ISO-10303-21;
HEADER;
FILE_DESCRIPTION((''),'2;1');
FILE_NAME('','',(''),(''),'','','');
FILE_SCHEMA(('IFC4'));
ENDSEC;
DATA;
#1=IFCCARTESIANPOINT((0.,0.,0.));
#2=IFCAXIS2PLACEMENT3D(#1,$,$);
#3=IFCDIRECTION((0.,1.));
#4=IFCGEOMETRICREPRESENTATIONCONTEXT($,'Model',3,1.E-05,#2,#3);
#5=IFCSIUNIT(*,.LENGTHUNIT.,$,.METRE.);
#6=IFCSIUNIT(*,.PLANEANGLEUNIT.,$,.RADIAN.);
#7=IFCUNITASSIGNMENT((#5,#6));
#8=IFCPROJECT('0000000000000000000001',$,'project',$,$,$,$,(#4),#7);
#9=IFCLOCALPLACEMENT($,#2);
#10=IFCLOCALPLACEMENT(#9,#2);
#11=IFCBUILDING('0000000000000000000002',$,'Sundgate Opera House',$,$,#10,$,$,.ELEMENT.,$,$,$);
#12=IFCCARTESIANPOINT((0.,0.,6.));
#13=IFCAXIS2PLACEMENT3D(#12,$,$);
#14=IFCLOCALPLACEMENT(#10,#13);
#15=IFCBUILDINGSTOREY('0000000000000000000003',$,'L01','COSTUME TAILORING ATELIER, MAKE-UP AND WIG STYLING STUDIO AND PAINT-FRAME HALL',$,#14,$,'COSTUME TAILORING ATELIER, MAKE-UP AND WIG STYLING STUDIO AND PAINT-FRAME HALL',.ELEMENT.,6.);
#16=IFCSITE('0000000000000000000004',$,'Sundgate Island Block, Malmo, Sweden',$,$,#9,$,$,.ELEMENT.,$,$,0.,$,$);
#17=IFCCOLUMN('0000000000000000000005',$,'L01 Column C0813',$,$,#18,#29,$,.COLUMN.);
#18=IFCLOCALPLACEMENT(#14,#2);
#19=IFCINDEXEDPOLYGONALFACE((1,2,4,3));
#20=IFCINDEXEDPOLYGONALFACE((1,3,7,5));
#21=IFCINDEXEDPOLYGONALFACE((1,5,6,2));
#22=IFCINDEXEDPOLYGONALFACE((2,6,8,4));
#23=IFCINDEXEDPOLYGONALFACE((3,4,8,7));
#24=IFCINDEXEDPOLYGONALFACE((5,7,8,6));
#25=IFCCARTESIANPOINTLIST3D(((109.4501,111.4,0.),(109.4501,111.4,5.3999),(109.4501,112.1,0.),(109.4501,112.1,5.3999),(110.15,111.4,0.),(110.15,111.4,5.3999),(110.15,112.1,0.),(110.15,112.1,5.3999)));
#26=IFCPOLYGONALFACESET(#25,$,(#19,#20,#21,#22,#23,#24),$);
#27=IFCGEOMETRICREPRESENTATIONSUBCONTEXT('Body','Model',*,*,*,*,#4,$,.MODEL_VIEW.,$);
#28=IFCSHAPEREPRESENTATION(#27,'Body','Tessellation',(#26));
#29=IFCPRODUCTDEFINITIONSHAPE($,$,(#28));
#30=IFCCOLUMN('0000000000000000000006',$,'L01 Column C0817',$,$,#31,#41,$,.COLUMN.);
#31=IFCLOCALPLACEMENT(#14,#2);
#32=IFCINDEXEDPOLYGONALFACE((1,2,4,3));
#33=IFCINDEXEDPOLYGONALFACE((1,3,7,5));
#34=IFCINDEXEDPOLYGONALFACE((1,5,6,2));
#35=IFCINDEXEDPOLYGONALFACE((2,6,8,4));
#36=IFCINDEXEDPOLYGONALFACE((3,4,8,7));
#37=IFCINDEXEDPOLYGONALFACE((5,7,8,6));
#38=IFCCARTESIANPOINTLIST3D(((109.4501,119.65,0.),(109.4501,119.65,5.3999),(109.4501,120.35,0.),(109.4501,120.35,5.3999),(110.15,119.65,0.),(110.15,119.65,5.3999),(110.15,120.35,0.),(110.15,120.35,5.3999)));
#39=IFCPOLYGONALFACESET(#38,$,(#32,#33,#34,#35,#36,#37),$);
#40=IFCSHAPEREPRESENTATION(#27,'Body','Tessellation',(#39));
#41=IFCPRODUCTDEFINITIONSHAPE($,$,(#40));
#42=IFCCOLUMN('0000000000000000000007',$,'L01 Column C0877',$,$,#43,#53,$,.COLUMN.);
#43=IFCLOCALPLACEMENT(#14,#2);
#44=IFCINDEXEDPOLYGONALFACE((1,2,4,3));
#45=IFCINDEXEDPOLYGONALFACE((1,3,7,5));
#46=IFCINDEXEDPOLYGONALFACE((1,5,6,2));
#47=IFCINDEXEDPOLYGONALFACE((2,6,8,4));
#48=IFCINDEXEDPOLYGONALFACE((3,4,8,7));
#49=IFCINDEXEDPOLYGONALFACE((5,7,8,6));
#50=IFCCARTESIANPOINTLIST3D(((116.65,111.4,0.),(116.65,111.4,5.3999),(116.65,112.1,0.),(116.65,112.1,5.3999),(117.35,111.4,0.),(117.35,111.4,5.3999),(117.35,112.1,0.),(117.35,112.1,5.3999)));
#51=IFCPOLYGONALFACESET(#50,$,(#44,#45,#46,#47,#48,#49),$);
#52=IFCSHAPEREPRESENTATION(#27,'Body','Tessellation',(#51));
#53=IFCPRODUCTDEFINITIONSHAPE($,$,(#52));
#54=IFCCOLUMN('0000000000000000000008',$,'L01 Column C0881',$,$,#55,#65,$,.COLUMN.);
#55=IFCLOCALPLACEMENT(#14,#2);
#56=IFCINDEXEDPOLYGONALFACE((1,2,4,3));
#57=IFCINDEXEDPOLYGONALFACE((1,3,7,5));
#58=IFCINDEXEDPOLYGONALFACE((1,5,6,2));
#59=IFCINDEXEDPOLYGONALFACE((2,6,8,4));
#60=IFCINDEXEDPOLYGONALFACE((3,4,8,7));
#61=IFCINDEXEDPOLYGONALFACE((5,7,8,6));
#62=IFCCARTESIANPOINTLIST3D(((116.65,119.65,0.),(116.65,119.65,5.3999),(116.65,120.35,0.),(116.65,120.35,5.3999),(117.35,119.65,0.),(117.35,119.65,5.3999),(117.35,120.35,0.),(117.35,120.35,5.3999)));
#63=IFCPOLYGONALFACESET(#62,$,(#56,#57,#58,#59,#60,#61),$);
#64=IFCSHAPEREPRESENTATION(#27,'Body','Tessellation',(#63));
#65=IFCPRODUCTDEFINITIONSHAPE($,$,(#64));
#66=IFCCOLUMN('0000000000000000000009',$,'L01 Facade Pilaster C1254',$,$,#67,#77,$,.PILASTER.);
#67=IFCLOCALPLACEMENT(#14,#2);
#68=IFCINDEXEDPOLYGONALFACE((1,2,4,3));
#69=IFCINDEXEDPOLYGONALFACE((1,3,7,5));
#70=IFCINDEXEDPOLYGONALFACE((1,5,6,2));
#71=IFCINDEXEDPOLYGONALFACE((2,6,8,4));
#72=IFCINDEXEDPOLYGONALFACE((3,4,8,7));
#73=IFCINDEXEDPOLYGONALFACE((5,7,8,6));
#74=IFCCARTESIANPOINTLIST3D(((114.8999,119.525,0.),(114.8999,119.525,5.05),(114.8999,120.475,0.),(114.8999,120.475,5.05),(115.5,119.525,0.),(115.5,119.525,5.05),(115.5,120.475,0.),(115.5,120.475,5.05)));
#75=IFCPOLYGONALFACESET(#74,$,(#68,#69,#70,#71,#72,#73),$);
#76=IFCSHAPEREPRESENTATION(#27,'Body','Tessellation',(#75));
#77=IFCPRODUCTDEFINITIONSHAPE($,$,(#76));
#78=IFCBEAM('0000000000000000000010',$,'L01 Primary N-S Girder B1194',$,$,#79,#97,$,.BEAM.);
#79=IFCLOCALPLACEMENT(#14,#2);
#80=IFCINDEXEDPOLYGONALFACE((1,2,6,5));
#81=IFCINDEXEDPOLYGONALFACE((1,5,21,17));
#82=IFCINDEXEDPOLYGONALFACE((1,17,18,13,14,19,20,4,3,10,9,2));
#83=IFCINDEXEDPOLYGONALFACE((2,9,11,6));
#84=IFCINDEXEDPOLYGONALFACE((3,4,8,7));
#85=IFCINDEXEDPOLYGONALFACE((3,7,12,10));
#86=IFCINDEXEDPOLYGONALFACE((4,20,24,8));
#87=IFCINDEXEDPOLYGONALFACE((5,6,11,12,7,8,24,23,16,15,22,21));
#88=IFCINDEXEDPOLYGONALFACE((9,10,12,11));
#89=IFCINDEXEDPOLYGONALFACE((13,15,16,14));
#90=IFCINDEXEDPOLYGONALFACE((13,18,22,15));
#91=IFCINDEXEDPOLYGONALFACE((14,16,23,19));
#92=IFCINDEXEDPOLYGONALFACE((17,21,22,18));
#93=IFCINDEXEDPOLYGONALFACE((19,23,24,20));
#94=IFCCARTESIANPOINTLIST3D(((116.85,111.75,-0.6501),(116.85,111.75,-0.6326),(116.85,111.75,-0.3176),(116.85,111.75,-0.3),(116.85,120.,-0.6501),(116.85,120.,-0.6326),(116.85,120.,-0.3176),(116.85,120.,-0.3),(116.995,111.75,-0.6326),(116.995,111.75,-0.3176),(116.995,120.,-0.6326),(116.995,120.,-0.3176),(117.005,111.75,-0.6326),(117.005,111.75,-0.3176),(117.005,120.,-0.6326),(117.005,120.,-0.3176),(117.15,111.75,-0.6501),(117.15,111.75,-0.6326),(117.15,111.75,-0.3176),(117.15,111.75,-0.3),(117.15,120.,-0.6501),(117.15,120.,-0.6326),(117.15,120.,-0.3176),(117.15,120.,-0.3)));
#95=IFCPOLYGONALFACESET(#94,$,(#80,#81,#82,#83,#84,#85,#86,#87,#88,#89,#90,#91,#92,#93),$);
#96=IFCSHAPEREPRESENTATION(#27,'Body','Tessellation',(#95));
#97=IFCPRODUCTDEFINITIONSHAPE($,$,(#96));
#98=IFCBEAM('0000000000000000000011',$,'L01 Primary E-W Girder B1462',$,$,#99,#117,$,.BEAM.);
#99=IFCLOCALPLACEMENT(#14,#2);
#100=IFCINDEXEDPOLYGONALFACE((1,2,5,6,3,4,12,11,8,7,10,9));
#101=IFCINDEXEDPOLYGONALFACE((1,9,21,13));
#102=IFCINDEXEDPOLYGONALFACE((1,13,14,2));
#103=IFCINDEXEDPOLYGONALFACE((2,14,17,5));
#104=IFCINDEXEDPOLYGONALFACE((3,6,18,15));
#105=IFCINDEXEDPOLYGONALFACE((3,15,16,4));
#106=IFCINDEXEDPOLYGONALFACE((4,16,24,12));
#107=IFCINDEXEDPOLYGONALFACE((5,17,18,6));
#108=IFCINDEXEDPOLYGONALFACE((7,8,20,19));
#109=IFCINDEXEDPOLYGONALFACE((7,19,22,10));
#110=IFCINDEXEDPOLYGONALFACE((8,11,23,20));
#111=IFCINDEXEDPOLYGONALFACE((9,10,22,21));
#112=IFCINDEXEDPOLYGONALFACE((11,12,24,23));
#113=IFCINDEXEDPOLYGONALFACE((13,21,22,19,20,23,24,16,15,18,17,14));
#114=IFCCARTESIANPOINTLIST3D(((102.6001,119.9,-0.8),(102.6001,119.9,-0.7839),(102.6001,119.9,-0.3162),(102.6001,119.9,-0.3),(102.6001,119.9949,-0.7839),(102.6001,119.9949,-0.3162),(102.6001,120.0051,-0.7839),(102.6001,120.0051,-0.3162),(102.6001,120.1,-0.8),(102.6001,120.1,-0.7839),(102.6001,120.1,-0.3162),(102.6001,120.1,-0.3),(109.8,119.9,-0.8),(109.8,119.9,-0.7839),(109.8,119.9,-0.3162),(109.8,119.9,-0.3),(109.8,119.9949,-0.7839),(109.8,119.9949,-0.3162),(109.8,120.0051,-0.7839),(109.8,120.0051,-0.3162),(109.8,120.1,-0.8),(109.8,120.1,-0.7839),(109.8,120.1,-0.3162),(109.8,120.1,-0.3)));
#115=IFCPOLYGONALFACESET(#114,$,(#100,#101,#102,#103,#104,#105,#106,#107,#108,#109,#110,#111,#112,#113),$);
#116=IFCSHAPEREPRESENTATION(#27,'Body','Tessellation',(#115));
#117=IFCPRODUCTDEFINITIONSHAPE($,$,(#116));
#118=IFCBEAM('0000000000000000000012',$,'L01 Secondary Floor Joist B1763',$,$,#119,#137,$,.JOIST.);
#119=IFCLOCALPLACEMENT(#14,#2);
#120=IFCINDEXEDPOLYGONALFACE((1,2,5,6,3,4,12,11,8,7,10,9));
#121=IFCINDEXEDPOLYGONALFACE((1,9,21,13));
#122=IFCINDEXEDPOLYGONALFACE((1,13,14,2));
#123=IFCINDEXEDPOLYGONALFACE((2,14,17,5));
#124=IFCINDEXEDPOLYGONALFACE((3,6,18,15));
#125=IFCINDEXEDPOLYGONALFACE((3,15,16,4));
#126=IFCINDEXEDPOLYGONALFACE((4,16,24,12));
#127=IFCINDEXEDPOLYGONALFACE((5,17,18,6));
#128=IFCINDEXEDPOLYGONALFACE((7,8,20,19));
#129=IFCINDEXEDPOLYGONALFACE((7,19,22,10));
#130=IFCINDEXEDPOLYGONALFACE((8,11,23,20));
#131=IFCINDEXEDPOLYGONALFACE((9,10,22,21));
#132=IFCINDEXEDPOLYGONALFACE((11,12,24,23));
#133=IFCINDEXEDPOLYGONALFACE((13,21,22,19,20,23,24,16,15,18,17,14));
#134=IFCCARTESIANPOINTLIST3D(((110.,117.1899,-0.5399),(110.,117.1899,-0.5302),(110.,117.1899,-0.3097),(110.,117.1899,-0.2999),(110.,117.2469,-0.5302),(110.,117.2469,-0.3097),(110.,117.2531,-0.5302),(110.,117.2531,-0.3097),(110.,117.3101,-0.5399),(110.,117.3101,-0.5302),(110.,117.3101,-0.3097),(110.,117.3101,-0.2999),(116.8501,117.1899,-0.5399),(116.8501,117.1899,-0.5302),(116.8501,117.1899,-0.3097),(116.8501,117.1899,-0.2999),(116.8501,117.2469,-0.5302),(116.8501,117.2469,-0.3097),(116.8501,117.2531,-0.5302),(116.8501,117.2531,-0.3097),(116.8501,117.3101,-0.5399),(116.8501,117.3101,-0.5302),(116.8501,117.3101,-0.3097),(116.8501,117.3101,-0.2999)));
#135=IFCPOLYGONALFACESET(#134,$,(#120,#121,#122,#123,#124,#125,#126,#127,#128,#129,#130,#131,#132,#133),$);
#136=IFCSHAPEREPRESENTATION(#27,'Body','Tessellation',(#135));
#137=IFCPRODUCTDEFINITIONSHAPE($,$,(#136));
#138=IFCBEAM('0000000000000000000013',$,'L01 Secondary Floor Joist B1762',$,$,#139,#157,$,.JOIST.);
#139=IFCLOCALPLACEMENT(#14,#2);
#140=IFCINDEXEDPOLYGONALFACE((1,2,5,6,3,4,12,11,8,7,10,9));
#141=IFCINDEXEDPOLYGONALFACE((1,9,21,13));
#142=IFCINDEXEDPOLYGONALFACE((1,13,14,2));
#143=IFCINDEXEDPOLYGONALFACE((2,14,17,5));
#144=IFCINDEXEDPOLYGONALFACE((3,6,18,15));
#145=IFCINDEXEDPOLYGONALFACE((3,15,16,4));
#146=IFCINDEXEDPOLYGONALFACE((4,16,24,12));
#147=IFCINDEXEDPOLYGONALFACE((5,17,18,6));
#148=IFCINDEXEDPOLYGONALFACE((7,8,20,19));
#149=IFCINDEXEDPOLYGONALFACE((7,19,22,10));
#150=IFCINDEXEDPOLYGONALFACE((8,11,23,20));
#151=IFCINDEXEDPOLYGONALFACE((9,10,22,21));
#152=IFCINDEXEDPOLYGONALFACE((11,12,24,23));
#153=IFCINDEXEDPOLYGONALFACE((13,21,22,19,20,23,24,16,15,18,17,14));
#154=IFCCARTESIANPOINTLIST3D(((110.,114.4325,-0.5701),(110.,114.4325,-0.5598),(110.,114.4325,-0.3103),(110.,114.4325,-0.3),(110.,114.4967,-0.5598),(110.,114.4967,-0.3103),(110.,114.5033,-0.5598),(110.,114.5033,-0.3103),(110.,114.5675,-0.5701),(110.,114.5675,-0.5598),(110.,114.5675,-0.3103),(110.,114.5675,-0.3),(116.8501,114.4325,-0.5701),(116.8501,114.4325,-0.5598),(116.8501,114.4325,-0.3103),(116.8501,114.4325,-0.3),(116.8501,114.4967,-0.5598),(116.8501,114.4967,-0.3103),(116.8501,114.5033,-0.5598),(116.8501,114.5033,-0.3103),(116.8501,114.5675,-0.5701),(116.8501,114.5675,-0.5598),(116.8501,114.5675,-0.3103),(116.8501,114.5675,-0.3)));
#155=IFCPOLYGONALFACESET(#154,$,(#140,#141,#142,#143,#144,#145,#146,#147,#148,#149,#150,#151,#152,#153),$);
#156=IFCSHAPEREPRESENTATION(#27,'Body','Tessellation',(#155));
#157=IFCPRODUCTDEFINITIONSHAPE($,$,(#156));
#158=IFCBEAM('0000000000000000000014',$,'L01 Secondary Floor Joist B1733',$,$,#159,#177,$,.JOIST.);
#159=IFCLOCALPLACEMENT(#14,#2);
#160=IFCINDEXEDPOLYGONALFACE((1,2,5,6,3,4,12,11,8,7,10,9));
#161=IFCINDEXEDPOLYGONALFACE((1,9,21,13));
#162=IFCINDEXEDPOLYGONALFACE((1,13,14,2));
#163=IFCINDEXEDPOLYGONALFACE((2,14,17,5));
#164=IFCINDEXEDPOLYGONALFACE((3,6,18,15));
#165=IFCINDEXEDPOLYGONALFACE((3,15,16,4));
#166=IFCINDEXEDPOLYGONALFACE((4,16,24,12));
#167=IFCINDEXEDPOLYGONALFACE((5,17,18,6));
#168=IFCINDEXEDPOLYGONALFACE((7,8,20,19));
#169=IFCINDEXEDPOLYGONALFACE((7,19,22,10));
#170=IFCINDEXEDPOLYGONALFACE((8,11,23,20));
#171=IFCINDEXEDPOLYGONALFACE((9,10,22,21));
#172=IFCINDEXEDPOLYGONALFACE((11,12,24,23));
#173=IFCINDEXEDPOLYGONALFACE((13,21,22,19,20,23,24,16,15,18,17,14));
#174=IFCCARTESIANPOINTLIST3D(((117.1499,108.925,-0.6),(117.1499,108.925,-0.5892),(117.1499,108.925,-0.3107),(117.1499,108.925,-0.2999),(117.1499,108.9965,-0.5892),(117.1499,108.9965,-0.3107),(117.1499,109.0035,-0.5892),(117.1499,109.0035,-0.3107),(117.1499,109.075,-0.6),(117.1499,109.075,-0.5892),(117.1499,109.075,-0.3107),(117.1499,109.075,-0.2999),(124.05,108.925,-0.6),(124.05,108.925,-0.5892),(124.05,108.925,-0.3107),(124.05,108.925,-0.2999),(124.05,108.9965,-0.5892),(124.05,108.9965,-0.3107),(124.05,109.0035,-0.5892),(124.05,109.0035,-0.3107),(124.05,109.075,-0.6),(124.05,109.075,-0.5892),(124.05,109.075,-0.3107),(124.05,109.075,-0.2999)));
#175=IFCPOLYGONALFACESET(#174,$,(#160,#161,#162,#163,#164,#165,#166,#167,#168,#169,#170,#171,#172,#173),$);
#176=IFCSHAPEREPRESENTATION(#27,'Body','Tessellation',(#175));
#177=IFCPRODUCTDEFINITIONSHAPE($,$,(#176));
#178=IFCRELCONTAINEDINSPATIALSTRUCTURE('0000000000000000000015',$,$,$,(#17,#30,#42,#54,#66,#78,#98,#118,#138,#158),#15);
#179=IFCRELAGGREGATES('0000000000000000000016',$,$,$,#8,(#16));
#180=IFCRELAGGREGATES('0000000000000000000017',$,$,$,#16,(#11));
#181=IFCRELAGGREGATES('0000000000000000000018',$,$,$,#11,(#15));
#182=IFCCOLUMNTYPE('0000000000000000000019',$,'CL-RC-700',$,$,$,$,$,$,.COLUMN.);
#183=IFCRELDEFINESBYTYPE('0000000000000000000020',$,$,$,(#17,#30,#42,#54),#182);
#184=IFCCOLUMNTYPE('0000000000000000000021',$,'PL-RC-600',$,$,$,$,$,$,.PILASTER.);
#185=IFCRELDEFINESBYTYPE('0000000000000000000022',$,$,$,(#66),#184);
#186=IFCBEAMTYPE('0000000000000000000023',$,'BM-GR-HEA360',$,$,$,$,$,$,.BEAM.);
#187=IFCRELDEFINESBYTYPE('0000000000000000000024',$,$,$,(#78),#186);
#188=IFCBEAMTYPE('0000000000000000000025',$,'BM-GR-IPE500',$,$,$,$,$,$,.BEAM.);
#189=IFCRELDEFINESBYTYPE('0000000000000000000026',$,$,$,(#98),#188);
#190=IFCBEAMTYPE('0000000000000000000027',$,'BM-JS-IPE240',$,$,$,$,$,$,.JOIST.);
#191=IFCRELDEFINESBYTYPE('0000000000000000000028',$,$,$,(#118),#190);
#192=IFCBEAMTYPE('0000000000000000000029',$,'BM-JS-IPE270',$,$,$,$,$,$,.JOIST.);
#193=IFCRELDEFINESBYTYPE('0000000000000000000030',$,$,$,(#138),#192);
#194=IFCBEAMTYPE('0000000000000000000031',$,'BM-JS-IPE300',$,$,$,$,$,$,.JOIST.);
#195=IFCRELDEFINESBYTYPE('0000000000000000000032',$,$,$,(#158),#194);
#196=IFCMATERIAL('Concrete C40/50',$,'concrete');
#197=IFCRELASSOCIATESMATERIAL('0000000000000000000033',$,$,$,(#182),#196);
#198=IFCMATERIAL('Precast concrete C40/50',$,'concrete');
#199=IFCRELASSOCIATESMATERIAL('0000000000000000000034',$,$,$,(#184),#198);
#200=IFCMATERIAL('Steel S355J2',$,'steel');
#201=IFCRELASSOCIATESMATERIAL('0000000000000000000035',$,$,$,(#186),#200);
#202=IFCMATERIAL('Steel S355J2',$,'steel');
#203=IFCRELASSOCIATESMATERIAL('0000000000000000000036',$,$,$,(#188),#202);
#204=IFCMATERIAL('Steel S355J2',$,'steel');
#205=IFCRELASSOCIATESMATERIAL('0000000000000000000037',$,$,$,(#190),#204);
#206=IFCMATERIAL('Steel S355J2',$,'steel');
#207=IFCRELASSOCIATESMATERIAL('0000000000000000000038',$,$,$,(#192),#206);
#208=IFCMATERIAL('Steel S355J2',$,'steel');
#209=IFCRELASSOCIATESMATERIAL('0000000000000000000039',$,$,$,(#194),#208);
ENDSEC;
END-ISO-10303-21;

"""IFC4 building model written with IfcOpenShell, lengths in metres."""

from ifc_helpers import new_model, si_unit, direction, frame, origin, origin_2d, place, context, subcontext, project, spatial, rectangle, i_section, extrude, material, material_profile, profile_set, type_object, element, save


model = new_model("IFC4")

# Units and contexts
model_context = context("Model", 3, precision=1e-05, world=origin(), true_north=direction((0.0, 1.0)))
body_context = subcontext(model_context, "Body", "Model", "MODEL_VIEW")
ifc_project = project(units=[si_unit("LENGTHUNIT", "METRE"), si_unit("PLANEANGLEUNIT", "RADIAN")], contexts=[model_context])

# Site, building, storey
site_placement = place(None, origin())
site = spatial("IfcSite", under=ifc_project, at=site_placement, Name="Sundgate Island Block, Malmo, Sweden", CompositionType="ELEMENT", RefElevation=0.0)
building_placement = place(site_placement, origin())
building = spatial("IfcBuilding", under=site, at=building_placement, Name="Sundgate Opera House", CompositionType="ELEMENT")
storey_placement = place(building_placement, frame((0.0, 0.0, 6.0)))
storey = spatial("IfcBuildingStorey", under=building, at=storey_placement, Name="L01", Description="COSTUME TAILORING ATELIER, MAKE-UP AND WIG STYLING STUDIO AND PAINT-FRAME HALL", LongName="COSTUME TAILORING ATELIER, MAKE-UP AND WIG STYLING STUDIO AND PAINT-FRAME HALL", CompositionType="ELEMENT", Elevation=6.0)

# Columns
ifc_material_1 = material(Name="Concrete C40/50", Category="concrete")
ifc_material_profile_1 = material_profile(ifc_material_1, rectangle(XDim=0.7, YDim=0.7, at=origin_2d()), Name="RC 700x700")
ifc_profile_set_1 = profile_set([ifc_material_profile_1], Name="Concrete C40/50")
column_type_1 = type_object("IfcColumnType", Name="CL-RC-700", PredefinedType="COLUMN", material=ifc_profile_set_1)
for number, where, z_axis, x_axis, name in (
    (1, (109.8, 111.75, 0.0), (0.0, 0.0, 1.0), (1.0, 0.0, 0.0), "L01 Column C0813"),
    (2, (109.8, 120.0, 0.0), (0.0, 0.0, 1.0), (1.0, 0.0, 0.0), "L01 Column C0817"),
    (3, (117.0, 111.75, 0.0), (0.0, 0.0, 1.0), (1.0, 0.0, 0.0), "L01 Column C0877"),
    (4, (117.0, 120.0, 0.0), (0.0, 0.0, 1.0), (1.0, 0.0, 0.0), "L01 Column C0881"),
):
    element("IfcColumn", number, at=place(storey_placement, frame(where, z_axis=z_axis, x_axis=x_axis)), inside=storey, type_object=column_type_1, Name=name, PredefinedType="COLUMN", context=body_context, shape_type="SweptSolid", body=[
        extrude(rectangle(XDim=0.7, YDim=0.7, at=origin_2d()), origin(), (0.0, 0.0, 1.0), 5.3999),
    ])
ifc_material_2 = material(Name="Precast concrete C40/50", Category="concrete")
ifc_material_profile_2 = material_profile(ifc_material_2, rectangle(XDim=0.6001, YDim=0.95, at=origin_2d()), Name="RC 600x950")
ifc_profile_set_2 = profile_set([ifc_material_profile_2], Name="Precast concrete C40/50")
column_type_2 = type_object("IfcColumnType", Name="PL-RC-600", PredefinedType="PILASTER", material=ifc_profile_set_2)
column_placement = place(storey_placement, frame((115.2, 120.0, 0.0), z_axis=(0.0, 0.0, 1.0), x_axis=(1.0, 0.0, 0.0)))
element("IfcColumn", 5, at=column_placement, inside=storey, type_object=column_type_2, Name="L01 Facade Pilaster C1254", PredefinedType="PILASTER", context=body_context, shape_type="SweptSolid", body=[
    extrude(rectangle(XDim=0.6001, YDim=0.95, at=origin_2d()), origin(), (0.0, 0.0, 1.0), 5.05),
])

# Beams
ifc_material_3 = material(Name="Steel S355J2", Category="steel")
ifc_material_profile_3 = material_profile(ifc_material_3, i_section(OverallWidth=0.3, OverallDepth=0.3501, WebThickness=0.01, FlangeThickness=0.0176, at=origin_2d()), Name="HEA 360")
ifc_profile_set_3 = profile_set([ifc_material_profile_3], Name="Steel S355J2")
beam_type_1 = type_object("IfcBeamType", Name="BM-GR-HEA360", PredefinedType="BEAM", material=ifc_profile_set_3)
beam_1_placement = place(storey_placement, frame((117.0, 111.75, -0.4751), z_axis=(0.0, 1.0, 0.0), x_axis=(-1.0, 0.0, 0.0)))
element("IfcBeam", 6, at=beam_1_placement, inside=storey, type_object=beam_type_1, Name="L01 Primary N-S Girder B1194", PredefinedType="BEAM", context=body_context, shape_type="SweptSolid", body=[
    extrude(i_section(OverallWidth=0.3, OverallDepth=0.3501, WebThickness=0.01, FlangeThickness=0.0176, at=origin_2d()), origin(), (0.0, 0.0, 1.0), 8.25),
])
ifc_material_4 = material(Name="Steel S355J2", Category="steel")
ifc_material_profile_4 = material_profile(ifc_material_4, i_section(OverallWidth=0.2, OverallDepth=0.5, WebThickness=0.0103, FlangeThickness=0.0161, at=origin_2d()), Name="IPE 500")
ifc_profile_set_4 = profile_set([ifc_material_profile_4], Name="Steel S355J2")
beam_type_2 = type_object("IfcBeamType", Name="BM-GR-IPE500", PredefinedType="BEAM", material=ifc_profile_set_4)
beam_2_placement = place(storey_placement, frame((102.6001, 120.0, -0.55), z_axis=(1.0, 0.0, 0.0), x_axis=(0.0, 1.0, 0.0)))
element("IfcBeam", 7, at=beam_2_placement, inside=storey, type_object=beam_type_2, Name="L01 Primary E-W Girder B1462", PredefinedType="BEAM", context=body_context, shape_type="SweptSolid", body=[
    extrude(i_section(OverallWidth=0.2, OverallDepth=0.5, WebThickness=0.0103, FlangeThickness=0.0161, at=origin_2d()), origin(), (0.0, 0.0, 1.0), 7.2),
])
ifc_material_5 = material(Name="Steel S355J2", Category="steel")
ifc_material_profile_5 = material_profile(ifc_material_5, i_section(OverallWidth=0.1201, OverallDepth=0.24, WebThickness=0.0061, FlangeThickness=0.0098, at=origin_2d()), Name="IPE 240")
ifc_profile_set_5 = profile_set([ifc_material_profile_5], Name="Steel S355J2")
beam_type_3 = type_object("IfcBeamType", Name="BM-JS-IPE240", PredefinedType="JOIST", material=ifc_profile_set_5)
beam_3_placement = place(storey_placement, frame((110.0, 117.25, -0.4199), z_axis=(1.0, 0.0, 0.0), x_axis=(0.0, 1.0, 0.0)))
element("IfcBeam", 8, at=beam_3_placement, inside=storey, type_object=beam_type_3, Name="L01 Secondary Floor Joist B1763", PredefinedType="JOIST", context=body_context, shape_type="SweptSolid", body=[
    extrude(i_section(OverallWidth=0.1201, OverallDepth=0.24, WebThickness=0.0061, FlangeThickness=0.0098, at=origin_2d()), origin(), (0.0, 0.0, 1.0), 6.8501),
])
ifc_material_6 = material(Name="Steel S355J2", Category="steel")
ifc_material_profile_6 = material_profile(ifc_material_6, i_section(OverallWidth=0.135, OverallDepth=0.27, WebThickness=0.0066, FlangeThickness=0.0103, at=origin_2d()), Name="IPE 270")
ifc_profile_set_6 = profile_set([ifc_material_profile_6], Name="Steel S355J2")
beam_type_4 = type_object("IfcBeamType", Name="BM-JS-IPE270", PredefinedType="JOIST", material=ifc_profile_set_6)
beam_4_placement = place(storey_placement, frame((110.0, 114.5, -0.4351), z_axis=(1.0, 0.0, 0.0), x_axis=(0.0, 1.0, 0.0)))
element("IfcBeam", 9, at=beam_4_placement, inside=storey, type_object=beam_type_4, Name="L01 Secondary Floor Joist B1762", PredefinedType="JOIST", context=body_context, shape_type="SweptSolid", body=[
    extrude(i_section(OverallWidth=0.135, OverallDepth=0.27, WebThickness=0.0066, FlangeThickness=0.0103, at=origin_2d()), origin(), (0.0, 0.0, 1.0), 6.8501),
])
ifc_material_7 = material(Name="Steel S355J2", Category="steel")
ifc_material_profile_7 = material_profile(ifc_material_7, i_section(OverallWidth=0.1499, OverallDepth=0.3, WebThickness=0.0071, FlangeThickness=0.0107, at=origin_2d()), Name="IPE 300")
ifc_profile_set_7 = profile_set([ifc_material_profile_7], Name="Steel S355J2")
beam_type_5 = type_object("IfcBeamType", Name="BM-JS-IPE300", PredefinedType="JOIST", material=ifc_profile_set_7)
beam_5_placement = place(storey_placement, frame((117.1499, 109.0, -0.45), z_axis=(1.0, 0.0, 0.0), x_axis=(0.0, 1.0, 0.0)))
element("IfcBeam", 10, at=beam_5_placement, inside=storey, type_object=beam_type_5, Name="L01 Secondary Floor Joist B1733", PredefinedType="JOIST", context=body_context, shape_type="SweptSolid", body=[
    extrude(i_section(OverallWidth=0.1499, OverallDepth=0.3, WebThickness=0.0071, FlangeThickness=0.0107, at=origin_2d()), origin(), (0.0, 0.0, 1.0), 6.9001),
])

save(model, "model.ifc")
